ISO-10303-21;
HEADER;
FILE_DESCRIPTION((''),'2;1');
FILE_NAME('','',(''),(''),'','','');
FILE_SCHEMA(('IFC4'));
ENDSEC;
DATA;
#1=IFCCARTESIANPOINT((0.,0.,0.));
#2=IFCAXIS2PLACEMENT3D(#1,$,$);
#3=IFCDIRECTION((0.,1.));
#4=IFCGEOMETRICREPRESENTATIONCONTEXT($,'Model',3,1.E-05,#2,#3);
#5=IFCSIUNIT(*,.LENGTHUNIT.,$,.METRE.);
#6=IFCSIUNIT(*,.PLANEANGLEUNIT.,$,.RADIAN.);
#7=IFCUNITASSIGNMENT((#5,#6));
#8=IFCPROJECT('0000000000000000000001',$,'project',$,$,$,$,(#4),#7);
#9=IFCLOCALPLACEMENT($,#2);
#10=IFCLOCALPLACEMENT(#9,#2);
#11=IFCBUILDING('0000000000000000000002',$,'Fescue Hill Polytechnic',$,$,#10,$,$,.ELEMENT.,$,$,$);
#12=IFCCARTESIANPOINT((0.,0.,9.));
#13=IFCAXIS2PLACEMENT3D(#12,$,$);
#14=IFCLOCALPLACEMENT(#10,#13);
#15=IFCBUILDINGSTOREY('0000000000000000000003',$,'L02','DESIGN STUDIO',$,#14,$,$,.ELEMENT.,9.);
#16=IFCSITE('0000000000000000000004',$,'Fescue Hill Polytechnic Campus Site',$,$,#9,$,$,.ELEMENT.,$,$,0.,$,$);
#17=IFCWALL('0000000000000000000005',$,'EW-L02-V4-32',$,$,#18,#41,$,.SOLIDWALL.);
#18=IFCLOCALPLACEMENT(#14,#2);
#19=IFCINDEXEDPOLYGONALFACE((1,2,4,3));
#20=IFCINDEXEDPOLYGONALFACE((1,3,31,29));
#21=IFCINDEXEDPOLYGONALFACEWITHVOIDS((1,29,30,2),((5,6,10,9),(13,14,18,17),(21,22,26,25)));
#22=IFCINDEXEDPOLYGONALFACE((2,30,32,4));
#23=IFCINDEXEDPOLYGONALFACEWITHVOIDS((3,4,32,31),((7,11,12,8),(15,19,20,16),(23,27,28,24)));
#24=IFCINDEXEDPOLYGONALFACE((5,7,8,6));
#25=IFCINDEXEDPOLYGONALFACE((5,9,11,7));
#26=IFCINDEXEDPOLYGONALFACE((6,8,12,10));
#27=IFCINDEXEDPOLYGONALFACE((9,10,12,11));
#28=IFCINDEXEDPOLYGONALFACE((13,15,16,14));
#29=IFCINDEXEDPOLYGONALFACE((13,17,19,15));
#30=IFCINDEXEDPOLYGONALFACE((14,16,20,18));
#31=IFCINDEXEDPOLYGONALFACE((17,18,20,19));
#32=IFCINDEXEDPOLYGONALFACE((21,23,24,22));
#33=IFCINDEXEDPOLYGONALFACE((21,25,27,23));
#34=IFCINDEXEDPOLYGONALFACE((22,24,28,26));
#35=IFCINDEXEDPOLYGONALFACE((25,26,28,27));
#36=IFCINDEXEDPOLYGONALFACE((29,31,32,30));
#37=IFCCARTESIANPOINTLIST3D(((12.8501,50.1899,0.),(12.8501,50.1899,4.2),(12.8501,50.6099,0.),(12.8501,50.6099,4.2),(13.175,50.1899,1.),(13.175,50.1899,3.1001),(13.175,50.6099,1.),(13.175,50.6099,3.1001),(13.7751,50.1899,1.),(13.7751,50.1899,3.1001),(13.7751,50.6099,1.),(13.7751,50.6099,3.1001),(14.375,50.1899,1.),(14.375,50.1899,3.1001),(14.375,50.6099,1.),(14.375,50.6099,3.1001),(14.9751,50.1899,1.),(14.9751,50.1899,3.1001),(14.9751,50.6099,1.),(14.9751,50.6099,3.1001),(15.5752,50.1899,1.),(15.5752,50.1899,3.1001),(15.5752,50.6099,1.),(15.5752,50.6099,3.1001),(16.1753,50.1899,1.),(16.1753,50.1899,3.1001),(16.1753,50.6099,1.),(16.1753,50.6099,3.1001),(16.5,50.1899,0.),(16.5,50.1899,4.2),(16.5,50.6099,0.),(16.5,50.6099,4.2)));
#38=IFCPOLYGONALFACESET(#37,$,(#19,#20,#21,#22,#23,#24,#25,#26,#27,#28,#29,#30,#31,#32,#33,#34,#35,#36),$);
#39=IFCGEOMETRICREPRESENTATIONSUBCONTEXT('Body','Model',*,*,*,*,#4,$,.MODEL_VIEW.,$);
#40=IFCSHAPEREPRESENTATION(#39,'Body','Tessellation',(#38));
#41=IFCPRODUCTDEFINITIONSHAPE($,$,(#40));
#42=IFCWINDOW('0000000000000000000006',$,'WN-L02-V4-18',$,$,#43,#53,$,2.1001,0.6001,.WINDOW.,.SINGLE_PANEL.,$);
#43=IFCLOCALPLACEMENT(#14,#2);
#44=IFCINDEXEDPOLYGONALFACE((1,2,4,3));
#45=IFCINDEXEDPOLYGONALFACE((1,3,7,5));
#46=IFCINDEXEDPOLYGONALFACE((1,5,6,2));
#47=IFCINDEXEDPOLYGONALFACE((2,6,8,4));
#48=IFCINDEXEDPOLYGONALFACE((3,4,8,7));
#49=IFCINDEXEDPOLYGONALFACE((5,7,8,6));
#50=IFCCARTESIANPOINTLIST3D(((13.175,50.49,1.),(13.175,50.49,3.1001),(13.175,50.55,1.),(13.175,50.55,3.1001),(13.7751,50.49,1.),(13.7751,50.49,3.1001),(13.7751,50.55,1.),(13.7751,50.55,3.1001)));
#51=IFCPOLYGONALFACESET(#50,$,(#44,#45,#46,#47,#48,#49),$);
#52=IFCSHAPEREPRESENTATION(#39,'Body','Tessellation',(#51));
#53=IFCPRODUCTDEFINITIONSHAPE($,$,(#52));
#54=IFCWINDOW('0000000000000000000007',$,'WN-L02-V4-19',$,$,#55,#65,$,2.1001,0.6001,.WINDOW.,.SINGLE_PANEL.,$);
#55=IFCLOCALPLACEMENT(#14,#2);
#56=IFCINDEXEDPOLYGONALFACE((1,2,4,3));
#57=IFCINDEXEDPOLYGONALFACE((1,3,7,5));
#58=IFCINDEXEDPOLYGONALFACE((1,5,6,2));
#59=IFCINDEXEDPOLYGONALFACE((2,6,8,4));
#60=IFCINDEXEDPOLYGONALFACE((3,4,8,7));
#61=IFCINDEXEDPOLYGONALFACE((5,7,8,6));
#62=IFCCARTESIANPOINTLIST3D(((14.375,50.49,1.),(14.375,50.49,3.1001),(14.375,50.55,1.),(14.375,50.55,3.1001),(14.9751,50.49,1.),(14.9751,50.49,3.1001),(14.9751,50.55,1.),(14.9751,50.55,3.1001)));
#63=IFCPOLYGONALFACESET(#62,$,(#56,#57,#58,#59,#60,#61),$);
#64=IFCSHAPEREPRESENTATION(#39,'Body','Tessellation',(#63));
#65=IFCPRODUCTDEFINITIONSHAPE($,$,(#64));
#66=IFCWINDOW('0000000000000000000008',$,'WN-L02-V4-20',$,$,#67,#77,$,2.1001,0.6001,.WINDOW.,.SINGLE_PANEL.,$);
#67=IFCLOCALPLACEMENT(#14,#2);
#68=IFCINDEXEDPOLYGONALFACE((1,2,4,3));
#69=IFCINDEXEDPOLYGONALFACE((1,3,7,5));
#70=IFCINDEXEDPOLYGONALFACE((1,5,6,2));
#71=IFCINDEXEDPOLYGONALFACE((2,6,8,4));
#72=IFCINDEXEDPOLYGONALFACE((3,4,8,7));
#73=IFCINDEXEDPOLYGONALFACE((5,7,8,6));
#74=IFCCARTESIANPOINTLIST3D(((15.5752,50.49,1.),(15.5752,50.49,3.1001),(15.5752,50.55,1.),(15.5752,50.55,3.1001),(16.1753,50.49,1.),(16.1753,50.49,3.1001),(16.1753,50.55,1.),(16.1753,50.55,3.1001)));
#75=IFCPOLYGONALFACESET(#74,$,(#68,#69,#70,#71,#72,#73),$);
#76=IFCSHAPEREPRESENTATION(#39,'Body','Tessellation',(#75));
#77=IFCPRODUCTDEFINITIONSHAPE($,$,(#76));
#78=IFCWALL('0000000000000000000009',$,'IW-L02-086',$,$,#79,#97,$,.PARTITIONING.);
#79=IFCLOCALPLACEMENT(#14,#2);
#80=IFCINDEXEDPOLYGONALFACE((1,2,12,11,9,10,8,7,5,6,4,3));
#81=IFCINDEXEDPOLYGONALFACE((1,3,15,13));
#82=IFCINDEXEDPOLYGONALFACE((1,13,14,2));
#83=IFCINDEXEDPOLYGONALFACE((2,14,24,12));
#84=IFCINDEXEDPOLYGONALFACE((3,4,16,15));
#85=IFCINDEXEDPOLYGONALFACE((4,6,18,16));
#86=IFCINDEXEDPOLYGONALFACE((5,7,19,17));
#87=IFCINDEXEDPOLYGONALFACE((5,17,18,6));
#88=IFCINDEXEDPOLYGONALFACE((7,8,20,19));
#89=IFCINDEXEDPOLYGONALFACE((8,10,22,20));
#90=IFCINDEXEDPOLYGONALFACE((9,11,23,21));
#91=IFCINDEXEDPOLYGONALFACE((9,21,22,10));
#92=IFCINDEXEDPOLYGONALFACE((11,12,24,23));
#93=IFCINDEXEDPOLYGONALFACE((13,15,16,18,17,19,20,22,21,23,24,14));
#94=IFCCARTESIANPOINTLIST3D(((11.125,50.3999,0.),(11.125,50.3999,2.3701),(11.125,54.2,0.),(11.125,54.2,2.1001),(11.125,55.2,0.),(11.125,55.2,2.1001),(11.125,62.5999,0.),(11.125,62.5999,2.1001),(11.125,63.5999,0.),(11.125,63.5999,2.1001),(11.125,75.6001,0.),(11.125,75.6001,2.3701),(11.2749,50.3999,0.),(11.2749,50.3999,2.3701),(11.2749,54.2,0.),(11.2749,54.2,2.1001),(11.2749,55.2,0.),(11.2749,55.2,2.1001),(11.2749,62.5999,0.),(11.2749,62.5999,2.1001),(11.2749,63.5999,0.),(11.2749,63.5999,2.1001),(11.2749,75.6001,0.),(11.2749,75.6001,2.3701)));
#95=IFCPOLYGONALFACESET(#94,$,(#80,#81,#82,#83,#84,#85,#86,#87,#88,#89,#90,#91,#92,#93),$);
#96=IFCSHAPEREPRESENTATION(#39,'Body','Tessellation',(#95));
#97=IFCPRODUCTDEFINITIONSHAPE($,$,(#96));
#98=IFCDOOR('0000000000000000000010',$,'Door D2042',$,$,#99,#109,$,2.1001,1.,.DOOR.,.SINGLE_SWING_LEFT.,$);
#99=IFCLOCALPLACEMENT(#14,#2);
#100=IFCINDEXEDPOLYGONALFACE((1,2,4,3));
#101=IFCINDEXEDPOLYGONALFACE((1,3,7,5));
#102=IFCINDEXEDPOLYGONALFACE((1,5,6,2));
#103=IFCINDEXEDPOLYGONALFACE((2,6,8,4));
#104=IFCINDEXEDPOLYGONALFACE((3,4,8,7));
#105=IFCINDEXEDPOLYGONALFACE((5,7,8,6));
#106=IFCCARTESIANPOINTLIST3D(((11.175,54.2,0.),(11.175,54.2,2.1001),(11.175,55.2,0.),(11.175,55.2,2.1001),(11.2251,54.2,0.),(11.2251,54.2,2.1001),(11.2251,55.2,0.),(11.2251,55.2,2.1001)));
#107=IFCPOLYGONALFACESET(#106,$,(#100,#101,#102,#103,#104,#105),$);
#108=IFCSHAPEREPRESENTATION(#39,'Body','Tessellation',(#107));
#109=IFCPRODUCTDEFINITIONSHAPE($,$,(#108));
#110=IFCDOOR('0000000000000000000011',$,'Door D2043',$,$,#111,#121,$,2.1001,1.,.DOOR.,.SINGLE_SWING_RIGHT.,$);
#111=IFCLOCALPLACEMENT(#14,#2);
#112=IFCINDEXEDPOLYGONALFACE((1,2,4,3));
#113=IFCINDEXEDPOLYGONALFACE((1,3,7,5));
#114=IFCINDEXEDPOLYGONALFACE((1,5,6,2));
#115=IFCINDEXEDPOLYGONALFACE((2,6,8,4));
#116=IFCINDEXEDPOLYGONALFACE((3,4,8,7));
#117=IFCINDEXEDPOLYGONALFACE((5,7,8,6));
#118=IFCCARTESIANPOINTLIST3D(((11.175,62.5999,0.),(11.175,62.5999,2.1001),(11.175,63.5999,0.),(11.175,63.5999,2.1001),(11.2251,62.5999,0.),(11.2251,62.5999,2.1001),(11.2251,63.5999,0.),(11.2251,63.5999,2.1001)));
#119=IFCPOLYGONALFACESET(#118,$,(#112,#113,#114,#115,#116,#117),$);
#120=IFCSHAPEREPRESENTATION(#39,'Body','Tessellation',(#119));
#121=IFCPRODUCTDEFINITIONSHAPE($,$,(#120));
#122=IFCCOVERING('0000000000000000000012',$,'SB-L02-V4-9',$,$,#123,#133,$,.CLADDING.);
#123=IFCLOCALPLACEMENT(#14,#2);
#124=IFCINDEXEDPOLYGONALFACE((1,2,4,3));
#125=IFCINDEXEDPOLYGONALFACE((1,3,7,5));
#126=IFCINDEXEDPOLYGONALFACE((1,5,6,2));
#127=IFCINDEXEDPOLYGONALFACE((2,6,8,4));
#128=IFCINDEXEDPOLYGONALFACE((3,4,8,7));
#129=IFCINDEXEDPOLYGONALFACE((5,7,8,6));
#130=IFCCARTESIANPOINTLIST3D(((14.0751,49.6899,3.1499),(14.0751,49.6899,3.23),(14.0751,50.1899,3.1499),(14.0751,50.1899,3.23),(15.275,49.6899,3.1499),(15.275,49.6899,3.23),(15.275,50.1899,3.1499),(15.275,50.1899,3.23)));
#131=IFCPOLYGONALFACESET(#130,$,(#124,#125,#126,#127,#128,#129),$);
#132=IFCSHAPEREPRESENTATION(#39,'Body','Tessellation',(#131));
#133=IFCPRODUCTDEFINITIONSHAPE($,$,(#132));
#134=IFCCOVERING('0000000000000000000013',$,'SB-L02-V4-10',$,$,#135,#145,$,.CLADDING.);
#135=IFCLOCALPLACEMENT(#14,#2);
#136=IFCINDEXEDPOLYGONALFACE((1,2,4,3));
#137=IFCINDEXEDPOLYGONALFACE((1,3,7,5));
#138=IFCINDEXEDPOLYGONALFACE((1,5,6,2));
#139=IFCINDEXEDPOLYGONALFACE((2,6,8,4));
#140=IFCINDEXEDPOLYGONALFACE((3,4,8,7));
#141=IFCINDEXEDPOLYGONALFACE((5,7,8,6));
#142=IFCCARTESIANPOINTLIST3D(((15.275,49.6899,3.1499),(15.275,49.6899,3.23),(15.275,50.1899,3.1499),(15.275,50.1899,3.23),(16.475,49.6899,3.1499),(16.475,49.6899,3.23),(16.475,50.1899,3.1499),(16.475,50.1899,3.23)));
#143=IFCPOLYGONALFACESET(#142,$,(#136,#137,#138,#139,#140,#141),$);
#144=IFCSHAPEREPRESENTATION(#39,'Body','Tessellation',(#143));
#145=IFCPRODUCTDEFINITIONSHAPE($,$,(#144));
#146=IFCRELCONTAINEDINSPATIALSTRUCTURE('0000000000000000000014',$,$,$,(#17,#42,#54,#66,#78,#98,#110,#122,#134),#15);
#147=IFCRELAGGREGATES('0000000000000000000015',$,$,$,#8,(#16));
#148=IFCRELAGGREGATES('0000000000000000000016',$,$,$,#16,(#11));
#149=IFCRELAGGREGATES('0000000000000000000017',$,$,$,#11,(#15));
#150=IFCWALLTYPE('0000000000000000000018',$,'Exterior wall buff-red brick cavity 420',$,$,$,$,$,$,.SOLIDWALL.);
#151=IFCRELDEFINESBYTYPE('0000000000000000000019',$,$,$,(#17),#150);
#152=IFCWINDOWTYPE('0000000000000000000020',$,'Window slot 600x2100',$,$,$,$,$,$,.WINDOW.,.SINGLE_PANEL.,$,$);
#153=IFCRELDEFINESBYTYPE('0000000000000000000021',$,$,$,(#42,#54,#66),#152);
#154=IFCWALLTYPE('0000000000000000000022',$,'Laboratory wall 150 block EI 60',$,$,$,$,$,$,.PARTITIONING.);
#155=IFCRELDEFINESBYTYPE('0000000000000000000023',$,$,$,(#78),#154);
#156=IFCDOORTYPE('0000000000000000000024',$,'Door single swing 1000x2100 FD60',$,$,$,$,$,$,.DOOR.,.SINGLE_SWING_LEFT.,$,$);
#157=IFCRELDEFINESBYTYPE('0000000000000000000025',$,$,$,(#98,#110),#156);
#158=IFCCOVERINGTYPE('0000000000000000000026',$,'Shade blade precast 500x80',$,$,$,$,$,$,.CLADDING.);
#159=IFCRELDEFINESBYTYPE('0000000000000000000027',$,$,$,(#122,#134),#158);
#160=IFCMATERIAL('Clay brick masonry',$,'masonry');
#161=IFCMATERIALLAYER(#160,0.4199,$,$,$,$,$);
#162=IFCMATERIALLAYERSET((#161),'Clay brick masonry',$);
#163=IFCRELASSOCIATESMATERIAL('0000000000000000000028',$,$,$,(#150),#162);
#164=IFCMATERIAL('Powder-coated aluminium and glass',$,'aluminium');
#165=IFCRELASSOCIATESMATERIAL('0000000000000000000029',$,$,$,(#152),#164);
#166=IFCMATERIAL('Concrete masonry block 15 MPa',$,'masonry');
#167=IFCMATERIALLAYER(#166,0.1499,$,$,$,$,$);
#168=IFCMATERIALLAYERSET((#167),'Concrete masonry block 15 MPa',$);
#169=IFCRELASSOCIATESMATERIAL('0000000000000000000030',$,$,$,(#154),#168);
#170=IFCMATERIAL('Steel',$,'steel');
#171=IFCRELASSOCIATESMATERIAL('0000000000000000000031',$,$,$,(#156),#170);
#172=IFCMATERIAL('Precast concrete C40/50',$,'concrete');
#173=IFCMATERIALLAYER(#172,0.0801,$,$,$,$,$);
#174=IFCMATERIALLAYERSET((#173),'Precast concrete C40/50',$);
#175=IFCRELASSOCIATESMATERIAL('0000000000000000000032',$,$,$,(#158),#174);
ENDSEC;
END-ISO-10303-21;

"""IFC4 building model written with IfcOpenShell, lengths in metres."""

from ifc_helpers import new_model, si_unit, direction, frame, frame_2d, origin, origin_2d, place, context, subcontext, project, spatial, rectangle, extrude, material, layer, layer_set, type_object, element, fill, save


model = new_model("IFC4")

# Units and contexts
model_context = context("Model", 3, precision=1e-05, world=origin(), true_north=direction((0.0, 1.0)))
body_context = subcontext(model_context, "Body", "Model", "MODEL_VIEW")
ifc_project = project(units=[si_unit("LENGTHUNIT", "METRE"), si_unit("PLANEANGLEUNIT", "RADIAN")], contexts=[model_context])

# Site, building, storey
site_placement = place(None, origin())
site = spatial("IfcSite", under=ifc_project, at=site_placement, Name="Fescue Hill Polytechnic Campus Site", CompositionType="ELEMENT", RefElevation=0.0)
building_placement = place(site_placement, origin())
building = spatial("IfcBuilding", under=site, at=building_placement, Name="Fescue Hill Polytechnic", CompositionType="ELEMENT")
storey_placement = place(building_placement, frame((0.0, 0.0, 9.0)))
storey = spatial("IfcBuildingStorey", under=building, at=storey_placement, Name="L02", Description="DESIGN STUDIO", CompositionType="ELEMENT", Elevation=9.0)

# Shared definitions
ifc_material_1 = material(Name="Clay brick masonry", Category="masonry")

# Wall, openings, windows
ifc_layer_1 = layer(ifc_material_1, 0.4199)
ifc_layer_set_1 = layer_set([ifc_layer_1], Name="Clay brick masonry")
wall_type_1 = type_object("IfcWallType", Name="Exterior wall buff-red brick cavity 420", PredefinedType="SOLIDWALL", material=ifc_layer_set_1)
wall_1_placement = place(storey_placement, frame((12.8501, 50.3999, 0.0), z_axis=(0.0, 0.0, 1.0), x_axis=(1.0, 0.0, 0.0)))
wall_1 = element("IfcWall", 1, at=wall_1_placement, inside=storey, type_object=wall_type_1, Name="EW-L02-V4-32", PredefinedType="SOLIDWALL", context=body_context, shape_type="SweptSolid", body=[
    extrude(rectangle(XDim=3.6499, YDim=0.4199, at=frame_2d((1.825, 0.0))), origin(), (0.0, 0.0, 1.0), 4.2),
])
opening_1_placement = place(wall_1_placement, frame((0.325, 0.0, 1.0)))
opening_1 = element("IfcOpeningElement", 2, at=opening_1_placement, cuts=wall_1, PredefinedType="OPENING", context=body_context, shape_type="SweptSolid", body=[
    extrude(rectangle(XDim=0.6001, YDim=2.1001, at=frame_2d((0.3, 1.05))), frame((0.0, 0.22, 0.0), z_axis=(0.0, -1.0, 0.0), x_axis=(1.0, 0.0, 0.0)), (0.0, 0.0, 1.0), 0.4399),
])
opening_2_placement = place(wall_1_placement, frame((1.5249, 0.0, 1.0)))
opening_2 = element("IfcOpeningElement", 3, at=opening_2_placement, cuts=wall_1, PredefinedType="OPENING", context=body_context, shape_type="SweptSolid", body=[
    extrude(rectangle(XDim=0.6001, YDim=2.1001, at=frame_2d((0.3, 1.05))), frame((0.0, 0.22, 0.0), z_axis=(0.0, -1.0, 0.0), x_axis=(1.0, 0.0, 0.0)), (0.0, 0.0, 1.0), 0.4399),
])
opening_3_placement = place(wall_1_placement, frame((2.7251, 0.0, 1.0)))
opening_3 = element("IfcOpeningElement", 4, at=opening_3_placement, cuts=wall_1, PredefinedType="OPENING", context=body_context, shape_type="SweptSolid", body=[
    extrude(rectangle(XDim=0.6001, YDim=2.1001, at=frame_2d((0.3, 1.05))), frame((0.0, 0.22, 0.0), z_axis=(0.0, -1.0, 0.0), x_axis=(1.0, 0.0, 0.0)), (0.0, 0.0, 1.0), 0.4399),
])
ifc_material_2 = material(Name="Powder-coated aluminium and glass", Category="aluminium")
window_type = type_object("IfcWindowType", Name="Window slot 600x2100", PartitioningType="SINGLE_PANEL", PredefinedType="WINDOW", material=ifc_material_2)
window_1_placement = place(opening_1_placement, origin())
window_1 = element("IfcWindow", 5, at=window_1_placement, inside=storey, type_object=window_type, Name="WN-L02-V4-18", OverallHeight=2.1001, OverallWidth=0.6001, PartitioningType="SINGLE_PANEL", PredefinedType="WINDOW", context=body_context, shape_type="SweptSolid", body=[
    extrude(rectangle(XDim=0.6001, YDim=2.1001, at=frame_2d((0.3, 1.05))), frame((0.0, 0.1501, 0.0), z_axis=(0.0, -1.0, 0.0), x_axis=(1.0, 0.0, 0.0)), (0.0, 0.0, 1.0), 0.0601),
])
fill(opening_1, window_1)
window_2_placement = place(opening_2_placement, origin())
window_2 = element("IfcWindow", 6, at=window_2_placement, inside=storey, type_object=window_type, Name="WN-L02-V4-19", OverallHeight=2.1001, OverallWidth=0.6001, PartitioningType="SINGLE_PANEL", PredefinedType="WINDOW", context=body_context, shape_type="SweptSolid", body=[
    extrude(rectangle(XDim=0.6001, YDim=2.1001, at=frame_2d((0.3, 1.05))), frame((0.0, 0.1501, 0.0), z_axis=(0.0, -1.0, 0.0), x_axis=(1.0, 0.0, 0.0)), (0.0, 0.0, 1.0), 0.0601),
])
fill(opening_2, window_2)
window_3_placement = place(opening_3_placement, origin())
window_3 = element("IfcWindow", 7, at=window_3_placement, inside=storey, type_object=window_type, Name="WN-L02-V4-20", OverallHeight=2.1001, OverallWidth=0.6001, PartitioningType="SINGLE_PANEL", PredefinedType="WINDOW", context=body_context, shape_type="SweptSolid", body=[
    extrude(rectangle(XDim=0.6001, YDim=2.1001, at=frame_2d((0.3, 1.05))), frame((0.0, 0.1501, 0.0), z_axis=(0.0, -1.0, 0.0), x_axis=(1.0, 0.0, 0.0)), (0.0, 0.0, 1.0), 0.0601),
])
fill(opening_3, window_3)

# Wall, openings, doors
ifc_material_3 = material(Name="Concrete masonry block 15 MPa", Category="masonry")
ifc_layer_2 = layer(ifc_material_3, 0.1499)
ifc_layer_set_2 = layer_set([ifc_layer_2], Name="Concrete masonry block 15 MPa")
wall_type_2 = type_object("IfcWallType", Name="Laboratory wall 150 block EI 60", PredefinedType="PARTITIONING", material=ifc_layer_set_2)
wall_2_placement = place(storey_placement, frame((11.2, 50.3999, 0.0), z_axis=(0.0, 0.0, 1.0), x_axis=(0.0, 1.0, 0.0)))
wall_2 = element("IfcWall", 8, at=wall_2_placement, inside=storey, type_object=wall_type_2, Name="IW-L02-086", PredefinedType="PARTITIONING", context=body_context, shape_type="SweptSolid", body=[
    extrude(rectangle(XDim=25.2002, YDim=0.1499, at=frame_2d((12.6001, 0.0))), origin(), (0.0, 0.0, 1.0), 2.3701),
])
opening_4_placement = place(wall_2_placement, frame((3.8, 0.0, 0.0)))
opening_4 = element("IfcOpeningElement", 9, at=opening_4_placement, cuts=wall_2, PredefinedType="OPENING", context=body_context, shape_type="SweptSolid", body=[
    extrude(rectangle(XDim=1.0, YDim=2.1001, at=frame_2d((0.5, 1.05))), frame((0.0, 0.085, 0.0), z_axis=(0.0, -1.0, 0.0), x_axis=(1.0, 0.0, 0.0)), (0.0, 0.0, 1.0), 0.1699),
])
opening_5_placement = place(wall_2_placement, frame((12.2, 0.0, 0.0)))
opening_5 = element("IfcOpeningElement", 10, at=opening_5_placement, cuts=wall_2, PredefinedType="OPENING", context=body_context, shape_type="SweptSolid", body=[
    extrude(rectangle(XDim=1.0, YDim=2.1001, at=frame_2d((0.5, 1.05))), frame((0.0, 0.085, 0.0), z_axis=(0.0, -1.0, 0.0), x_axis=(1.0, 0.0, 0.0)), (0.0, 0.0, 1.0), 0.1699),
])
ifc_material_4 = material(Name="Steel", Category="steel")
door_type = type_object("IfcDoorType", Name="Door single swing 1000x2100 FD60", OperationType="SINGLE_SWING_LEFT", PredefinedType="DOOR", material=ifc_material_4)
door_1_placement = place(opening_4_placement, origin())
door_1 = element("IfcDoor", 11, at=door_1_placement, inside=storey, type_object=door_type, Name="Door D2042", OperationType="SINGLE_SWING_LEFT", OverallHeight=2.1001, OverallWidth=1.0, PredefinedType="DOOR", context=body_context, shape_type="SweptSolid", body=[
    extrude(rectangle(XDim=1.0, YDim=2.1001, at=frame_2d((0.5, 1.05))), frame((0.0, 0.0249, 0.0), z_axis=(0.0, -1.0, 0.0), x_axis=(1.0, 0.0, 0.0)), (0.0, 0.0, 1.0), 0.05),
])
fill(opening_4, door_1)
door_2_placement = place(opening_5_placement, origin())
door_2 = element("IfcDoor", 12, at=door_2_placement, inside=storey, type_object=door_type, Name="Door D2043", OperationType="SINGLE_SWING_RIGHT", OverallHeight=2.1001, OverallWidth=1.0, PredefinedType="DOOR", context=body_context, shape_type="SweptSolid", body=[
    extrude(rectangle(XDim=1.0, YDim=2.1001, at=frame_2d((0.5, 1.05))), frame((0.0, 0.0249, 0.0), z_axis=(0.0, -1.0, 0.0), x_axis=(1.0, 0.0, 0.0)), (0.0, 0.0, 1.0), 0.05),
])
fill(opening_5, door_2)

# Coverings
ifc_material_5 = material(Name="Precast concrete C40/50", Category="concrete")
ifc_layer_3 = layer(ifc_material_5, 0.0801)
ifc_layer_set_3 = layer_set([ifc_layer_3], Name="Precast concrete C40/50")
covering_type = type_object("IfcCoveringType", Name="Shade blade precast 500x80", PredefinedType="CLADDING", material=ifc_layer_set_3)
for number, where, z_axis, x_axis, name in (
    (13, (14.675, 49.9399, 3.1499), (0.0, 0.0, 1.0), (1.0, 0.0, 0.0), "SB-L02-V4-9"),
    (14, (15.875, 49.9399, 3.1499), (0.0, 0.0, 1.0), (1.0, 0.0, 0.0), "SB-L02-V4-10"),
):
    element("IfcCovering", number, at=place(storey_placement, frame(where, z_axis=z_axis, x_axis=x_axis)), inside=storey, type_object=covering_type, Name=name, PredefinedType="CLADDING", context=body_context, shape_type="SweptSolid", body=[
        extrude(rectangle(XDim=1.2, YDim=0.5, at=origin_2d()), origin(), (0.0, 0.0, 1.0), 0.0801),
    ])

save(model, "model.ifc")
